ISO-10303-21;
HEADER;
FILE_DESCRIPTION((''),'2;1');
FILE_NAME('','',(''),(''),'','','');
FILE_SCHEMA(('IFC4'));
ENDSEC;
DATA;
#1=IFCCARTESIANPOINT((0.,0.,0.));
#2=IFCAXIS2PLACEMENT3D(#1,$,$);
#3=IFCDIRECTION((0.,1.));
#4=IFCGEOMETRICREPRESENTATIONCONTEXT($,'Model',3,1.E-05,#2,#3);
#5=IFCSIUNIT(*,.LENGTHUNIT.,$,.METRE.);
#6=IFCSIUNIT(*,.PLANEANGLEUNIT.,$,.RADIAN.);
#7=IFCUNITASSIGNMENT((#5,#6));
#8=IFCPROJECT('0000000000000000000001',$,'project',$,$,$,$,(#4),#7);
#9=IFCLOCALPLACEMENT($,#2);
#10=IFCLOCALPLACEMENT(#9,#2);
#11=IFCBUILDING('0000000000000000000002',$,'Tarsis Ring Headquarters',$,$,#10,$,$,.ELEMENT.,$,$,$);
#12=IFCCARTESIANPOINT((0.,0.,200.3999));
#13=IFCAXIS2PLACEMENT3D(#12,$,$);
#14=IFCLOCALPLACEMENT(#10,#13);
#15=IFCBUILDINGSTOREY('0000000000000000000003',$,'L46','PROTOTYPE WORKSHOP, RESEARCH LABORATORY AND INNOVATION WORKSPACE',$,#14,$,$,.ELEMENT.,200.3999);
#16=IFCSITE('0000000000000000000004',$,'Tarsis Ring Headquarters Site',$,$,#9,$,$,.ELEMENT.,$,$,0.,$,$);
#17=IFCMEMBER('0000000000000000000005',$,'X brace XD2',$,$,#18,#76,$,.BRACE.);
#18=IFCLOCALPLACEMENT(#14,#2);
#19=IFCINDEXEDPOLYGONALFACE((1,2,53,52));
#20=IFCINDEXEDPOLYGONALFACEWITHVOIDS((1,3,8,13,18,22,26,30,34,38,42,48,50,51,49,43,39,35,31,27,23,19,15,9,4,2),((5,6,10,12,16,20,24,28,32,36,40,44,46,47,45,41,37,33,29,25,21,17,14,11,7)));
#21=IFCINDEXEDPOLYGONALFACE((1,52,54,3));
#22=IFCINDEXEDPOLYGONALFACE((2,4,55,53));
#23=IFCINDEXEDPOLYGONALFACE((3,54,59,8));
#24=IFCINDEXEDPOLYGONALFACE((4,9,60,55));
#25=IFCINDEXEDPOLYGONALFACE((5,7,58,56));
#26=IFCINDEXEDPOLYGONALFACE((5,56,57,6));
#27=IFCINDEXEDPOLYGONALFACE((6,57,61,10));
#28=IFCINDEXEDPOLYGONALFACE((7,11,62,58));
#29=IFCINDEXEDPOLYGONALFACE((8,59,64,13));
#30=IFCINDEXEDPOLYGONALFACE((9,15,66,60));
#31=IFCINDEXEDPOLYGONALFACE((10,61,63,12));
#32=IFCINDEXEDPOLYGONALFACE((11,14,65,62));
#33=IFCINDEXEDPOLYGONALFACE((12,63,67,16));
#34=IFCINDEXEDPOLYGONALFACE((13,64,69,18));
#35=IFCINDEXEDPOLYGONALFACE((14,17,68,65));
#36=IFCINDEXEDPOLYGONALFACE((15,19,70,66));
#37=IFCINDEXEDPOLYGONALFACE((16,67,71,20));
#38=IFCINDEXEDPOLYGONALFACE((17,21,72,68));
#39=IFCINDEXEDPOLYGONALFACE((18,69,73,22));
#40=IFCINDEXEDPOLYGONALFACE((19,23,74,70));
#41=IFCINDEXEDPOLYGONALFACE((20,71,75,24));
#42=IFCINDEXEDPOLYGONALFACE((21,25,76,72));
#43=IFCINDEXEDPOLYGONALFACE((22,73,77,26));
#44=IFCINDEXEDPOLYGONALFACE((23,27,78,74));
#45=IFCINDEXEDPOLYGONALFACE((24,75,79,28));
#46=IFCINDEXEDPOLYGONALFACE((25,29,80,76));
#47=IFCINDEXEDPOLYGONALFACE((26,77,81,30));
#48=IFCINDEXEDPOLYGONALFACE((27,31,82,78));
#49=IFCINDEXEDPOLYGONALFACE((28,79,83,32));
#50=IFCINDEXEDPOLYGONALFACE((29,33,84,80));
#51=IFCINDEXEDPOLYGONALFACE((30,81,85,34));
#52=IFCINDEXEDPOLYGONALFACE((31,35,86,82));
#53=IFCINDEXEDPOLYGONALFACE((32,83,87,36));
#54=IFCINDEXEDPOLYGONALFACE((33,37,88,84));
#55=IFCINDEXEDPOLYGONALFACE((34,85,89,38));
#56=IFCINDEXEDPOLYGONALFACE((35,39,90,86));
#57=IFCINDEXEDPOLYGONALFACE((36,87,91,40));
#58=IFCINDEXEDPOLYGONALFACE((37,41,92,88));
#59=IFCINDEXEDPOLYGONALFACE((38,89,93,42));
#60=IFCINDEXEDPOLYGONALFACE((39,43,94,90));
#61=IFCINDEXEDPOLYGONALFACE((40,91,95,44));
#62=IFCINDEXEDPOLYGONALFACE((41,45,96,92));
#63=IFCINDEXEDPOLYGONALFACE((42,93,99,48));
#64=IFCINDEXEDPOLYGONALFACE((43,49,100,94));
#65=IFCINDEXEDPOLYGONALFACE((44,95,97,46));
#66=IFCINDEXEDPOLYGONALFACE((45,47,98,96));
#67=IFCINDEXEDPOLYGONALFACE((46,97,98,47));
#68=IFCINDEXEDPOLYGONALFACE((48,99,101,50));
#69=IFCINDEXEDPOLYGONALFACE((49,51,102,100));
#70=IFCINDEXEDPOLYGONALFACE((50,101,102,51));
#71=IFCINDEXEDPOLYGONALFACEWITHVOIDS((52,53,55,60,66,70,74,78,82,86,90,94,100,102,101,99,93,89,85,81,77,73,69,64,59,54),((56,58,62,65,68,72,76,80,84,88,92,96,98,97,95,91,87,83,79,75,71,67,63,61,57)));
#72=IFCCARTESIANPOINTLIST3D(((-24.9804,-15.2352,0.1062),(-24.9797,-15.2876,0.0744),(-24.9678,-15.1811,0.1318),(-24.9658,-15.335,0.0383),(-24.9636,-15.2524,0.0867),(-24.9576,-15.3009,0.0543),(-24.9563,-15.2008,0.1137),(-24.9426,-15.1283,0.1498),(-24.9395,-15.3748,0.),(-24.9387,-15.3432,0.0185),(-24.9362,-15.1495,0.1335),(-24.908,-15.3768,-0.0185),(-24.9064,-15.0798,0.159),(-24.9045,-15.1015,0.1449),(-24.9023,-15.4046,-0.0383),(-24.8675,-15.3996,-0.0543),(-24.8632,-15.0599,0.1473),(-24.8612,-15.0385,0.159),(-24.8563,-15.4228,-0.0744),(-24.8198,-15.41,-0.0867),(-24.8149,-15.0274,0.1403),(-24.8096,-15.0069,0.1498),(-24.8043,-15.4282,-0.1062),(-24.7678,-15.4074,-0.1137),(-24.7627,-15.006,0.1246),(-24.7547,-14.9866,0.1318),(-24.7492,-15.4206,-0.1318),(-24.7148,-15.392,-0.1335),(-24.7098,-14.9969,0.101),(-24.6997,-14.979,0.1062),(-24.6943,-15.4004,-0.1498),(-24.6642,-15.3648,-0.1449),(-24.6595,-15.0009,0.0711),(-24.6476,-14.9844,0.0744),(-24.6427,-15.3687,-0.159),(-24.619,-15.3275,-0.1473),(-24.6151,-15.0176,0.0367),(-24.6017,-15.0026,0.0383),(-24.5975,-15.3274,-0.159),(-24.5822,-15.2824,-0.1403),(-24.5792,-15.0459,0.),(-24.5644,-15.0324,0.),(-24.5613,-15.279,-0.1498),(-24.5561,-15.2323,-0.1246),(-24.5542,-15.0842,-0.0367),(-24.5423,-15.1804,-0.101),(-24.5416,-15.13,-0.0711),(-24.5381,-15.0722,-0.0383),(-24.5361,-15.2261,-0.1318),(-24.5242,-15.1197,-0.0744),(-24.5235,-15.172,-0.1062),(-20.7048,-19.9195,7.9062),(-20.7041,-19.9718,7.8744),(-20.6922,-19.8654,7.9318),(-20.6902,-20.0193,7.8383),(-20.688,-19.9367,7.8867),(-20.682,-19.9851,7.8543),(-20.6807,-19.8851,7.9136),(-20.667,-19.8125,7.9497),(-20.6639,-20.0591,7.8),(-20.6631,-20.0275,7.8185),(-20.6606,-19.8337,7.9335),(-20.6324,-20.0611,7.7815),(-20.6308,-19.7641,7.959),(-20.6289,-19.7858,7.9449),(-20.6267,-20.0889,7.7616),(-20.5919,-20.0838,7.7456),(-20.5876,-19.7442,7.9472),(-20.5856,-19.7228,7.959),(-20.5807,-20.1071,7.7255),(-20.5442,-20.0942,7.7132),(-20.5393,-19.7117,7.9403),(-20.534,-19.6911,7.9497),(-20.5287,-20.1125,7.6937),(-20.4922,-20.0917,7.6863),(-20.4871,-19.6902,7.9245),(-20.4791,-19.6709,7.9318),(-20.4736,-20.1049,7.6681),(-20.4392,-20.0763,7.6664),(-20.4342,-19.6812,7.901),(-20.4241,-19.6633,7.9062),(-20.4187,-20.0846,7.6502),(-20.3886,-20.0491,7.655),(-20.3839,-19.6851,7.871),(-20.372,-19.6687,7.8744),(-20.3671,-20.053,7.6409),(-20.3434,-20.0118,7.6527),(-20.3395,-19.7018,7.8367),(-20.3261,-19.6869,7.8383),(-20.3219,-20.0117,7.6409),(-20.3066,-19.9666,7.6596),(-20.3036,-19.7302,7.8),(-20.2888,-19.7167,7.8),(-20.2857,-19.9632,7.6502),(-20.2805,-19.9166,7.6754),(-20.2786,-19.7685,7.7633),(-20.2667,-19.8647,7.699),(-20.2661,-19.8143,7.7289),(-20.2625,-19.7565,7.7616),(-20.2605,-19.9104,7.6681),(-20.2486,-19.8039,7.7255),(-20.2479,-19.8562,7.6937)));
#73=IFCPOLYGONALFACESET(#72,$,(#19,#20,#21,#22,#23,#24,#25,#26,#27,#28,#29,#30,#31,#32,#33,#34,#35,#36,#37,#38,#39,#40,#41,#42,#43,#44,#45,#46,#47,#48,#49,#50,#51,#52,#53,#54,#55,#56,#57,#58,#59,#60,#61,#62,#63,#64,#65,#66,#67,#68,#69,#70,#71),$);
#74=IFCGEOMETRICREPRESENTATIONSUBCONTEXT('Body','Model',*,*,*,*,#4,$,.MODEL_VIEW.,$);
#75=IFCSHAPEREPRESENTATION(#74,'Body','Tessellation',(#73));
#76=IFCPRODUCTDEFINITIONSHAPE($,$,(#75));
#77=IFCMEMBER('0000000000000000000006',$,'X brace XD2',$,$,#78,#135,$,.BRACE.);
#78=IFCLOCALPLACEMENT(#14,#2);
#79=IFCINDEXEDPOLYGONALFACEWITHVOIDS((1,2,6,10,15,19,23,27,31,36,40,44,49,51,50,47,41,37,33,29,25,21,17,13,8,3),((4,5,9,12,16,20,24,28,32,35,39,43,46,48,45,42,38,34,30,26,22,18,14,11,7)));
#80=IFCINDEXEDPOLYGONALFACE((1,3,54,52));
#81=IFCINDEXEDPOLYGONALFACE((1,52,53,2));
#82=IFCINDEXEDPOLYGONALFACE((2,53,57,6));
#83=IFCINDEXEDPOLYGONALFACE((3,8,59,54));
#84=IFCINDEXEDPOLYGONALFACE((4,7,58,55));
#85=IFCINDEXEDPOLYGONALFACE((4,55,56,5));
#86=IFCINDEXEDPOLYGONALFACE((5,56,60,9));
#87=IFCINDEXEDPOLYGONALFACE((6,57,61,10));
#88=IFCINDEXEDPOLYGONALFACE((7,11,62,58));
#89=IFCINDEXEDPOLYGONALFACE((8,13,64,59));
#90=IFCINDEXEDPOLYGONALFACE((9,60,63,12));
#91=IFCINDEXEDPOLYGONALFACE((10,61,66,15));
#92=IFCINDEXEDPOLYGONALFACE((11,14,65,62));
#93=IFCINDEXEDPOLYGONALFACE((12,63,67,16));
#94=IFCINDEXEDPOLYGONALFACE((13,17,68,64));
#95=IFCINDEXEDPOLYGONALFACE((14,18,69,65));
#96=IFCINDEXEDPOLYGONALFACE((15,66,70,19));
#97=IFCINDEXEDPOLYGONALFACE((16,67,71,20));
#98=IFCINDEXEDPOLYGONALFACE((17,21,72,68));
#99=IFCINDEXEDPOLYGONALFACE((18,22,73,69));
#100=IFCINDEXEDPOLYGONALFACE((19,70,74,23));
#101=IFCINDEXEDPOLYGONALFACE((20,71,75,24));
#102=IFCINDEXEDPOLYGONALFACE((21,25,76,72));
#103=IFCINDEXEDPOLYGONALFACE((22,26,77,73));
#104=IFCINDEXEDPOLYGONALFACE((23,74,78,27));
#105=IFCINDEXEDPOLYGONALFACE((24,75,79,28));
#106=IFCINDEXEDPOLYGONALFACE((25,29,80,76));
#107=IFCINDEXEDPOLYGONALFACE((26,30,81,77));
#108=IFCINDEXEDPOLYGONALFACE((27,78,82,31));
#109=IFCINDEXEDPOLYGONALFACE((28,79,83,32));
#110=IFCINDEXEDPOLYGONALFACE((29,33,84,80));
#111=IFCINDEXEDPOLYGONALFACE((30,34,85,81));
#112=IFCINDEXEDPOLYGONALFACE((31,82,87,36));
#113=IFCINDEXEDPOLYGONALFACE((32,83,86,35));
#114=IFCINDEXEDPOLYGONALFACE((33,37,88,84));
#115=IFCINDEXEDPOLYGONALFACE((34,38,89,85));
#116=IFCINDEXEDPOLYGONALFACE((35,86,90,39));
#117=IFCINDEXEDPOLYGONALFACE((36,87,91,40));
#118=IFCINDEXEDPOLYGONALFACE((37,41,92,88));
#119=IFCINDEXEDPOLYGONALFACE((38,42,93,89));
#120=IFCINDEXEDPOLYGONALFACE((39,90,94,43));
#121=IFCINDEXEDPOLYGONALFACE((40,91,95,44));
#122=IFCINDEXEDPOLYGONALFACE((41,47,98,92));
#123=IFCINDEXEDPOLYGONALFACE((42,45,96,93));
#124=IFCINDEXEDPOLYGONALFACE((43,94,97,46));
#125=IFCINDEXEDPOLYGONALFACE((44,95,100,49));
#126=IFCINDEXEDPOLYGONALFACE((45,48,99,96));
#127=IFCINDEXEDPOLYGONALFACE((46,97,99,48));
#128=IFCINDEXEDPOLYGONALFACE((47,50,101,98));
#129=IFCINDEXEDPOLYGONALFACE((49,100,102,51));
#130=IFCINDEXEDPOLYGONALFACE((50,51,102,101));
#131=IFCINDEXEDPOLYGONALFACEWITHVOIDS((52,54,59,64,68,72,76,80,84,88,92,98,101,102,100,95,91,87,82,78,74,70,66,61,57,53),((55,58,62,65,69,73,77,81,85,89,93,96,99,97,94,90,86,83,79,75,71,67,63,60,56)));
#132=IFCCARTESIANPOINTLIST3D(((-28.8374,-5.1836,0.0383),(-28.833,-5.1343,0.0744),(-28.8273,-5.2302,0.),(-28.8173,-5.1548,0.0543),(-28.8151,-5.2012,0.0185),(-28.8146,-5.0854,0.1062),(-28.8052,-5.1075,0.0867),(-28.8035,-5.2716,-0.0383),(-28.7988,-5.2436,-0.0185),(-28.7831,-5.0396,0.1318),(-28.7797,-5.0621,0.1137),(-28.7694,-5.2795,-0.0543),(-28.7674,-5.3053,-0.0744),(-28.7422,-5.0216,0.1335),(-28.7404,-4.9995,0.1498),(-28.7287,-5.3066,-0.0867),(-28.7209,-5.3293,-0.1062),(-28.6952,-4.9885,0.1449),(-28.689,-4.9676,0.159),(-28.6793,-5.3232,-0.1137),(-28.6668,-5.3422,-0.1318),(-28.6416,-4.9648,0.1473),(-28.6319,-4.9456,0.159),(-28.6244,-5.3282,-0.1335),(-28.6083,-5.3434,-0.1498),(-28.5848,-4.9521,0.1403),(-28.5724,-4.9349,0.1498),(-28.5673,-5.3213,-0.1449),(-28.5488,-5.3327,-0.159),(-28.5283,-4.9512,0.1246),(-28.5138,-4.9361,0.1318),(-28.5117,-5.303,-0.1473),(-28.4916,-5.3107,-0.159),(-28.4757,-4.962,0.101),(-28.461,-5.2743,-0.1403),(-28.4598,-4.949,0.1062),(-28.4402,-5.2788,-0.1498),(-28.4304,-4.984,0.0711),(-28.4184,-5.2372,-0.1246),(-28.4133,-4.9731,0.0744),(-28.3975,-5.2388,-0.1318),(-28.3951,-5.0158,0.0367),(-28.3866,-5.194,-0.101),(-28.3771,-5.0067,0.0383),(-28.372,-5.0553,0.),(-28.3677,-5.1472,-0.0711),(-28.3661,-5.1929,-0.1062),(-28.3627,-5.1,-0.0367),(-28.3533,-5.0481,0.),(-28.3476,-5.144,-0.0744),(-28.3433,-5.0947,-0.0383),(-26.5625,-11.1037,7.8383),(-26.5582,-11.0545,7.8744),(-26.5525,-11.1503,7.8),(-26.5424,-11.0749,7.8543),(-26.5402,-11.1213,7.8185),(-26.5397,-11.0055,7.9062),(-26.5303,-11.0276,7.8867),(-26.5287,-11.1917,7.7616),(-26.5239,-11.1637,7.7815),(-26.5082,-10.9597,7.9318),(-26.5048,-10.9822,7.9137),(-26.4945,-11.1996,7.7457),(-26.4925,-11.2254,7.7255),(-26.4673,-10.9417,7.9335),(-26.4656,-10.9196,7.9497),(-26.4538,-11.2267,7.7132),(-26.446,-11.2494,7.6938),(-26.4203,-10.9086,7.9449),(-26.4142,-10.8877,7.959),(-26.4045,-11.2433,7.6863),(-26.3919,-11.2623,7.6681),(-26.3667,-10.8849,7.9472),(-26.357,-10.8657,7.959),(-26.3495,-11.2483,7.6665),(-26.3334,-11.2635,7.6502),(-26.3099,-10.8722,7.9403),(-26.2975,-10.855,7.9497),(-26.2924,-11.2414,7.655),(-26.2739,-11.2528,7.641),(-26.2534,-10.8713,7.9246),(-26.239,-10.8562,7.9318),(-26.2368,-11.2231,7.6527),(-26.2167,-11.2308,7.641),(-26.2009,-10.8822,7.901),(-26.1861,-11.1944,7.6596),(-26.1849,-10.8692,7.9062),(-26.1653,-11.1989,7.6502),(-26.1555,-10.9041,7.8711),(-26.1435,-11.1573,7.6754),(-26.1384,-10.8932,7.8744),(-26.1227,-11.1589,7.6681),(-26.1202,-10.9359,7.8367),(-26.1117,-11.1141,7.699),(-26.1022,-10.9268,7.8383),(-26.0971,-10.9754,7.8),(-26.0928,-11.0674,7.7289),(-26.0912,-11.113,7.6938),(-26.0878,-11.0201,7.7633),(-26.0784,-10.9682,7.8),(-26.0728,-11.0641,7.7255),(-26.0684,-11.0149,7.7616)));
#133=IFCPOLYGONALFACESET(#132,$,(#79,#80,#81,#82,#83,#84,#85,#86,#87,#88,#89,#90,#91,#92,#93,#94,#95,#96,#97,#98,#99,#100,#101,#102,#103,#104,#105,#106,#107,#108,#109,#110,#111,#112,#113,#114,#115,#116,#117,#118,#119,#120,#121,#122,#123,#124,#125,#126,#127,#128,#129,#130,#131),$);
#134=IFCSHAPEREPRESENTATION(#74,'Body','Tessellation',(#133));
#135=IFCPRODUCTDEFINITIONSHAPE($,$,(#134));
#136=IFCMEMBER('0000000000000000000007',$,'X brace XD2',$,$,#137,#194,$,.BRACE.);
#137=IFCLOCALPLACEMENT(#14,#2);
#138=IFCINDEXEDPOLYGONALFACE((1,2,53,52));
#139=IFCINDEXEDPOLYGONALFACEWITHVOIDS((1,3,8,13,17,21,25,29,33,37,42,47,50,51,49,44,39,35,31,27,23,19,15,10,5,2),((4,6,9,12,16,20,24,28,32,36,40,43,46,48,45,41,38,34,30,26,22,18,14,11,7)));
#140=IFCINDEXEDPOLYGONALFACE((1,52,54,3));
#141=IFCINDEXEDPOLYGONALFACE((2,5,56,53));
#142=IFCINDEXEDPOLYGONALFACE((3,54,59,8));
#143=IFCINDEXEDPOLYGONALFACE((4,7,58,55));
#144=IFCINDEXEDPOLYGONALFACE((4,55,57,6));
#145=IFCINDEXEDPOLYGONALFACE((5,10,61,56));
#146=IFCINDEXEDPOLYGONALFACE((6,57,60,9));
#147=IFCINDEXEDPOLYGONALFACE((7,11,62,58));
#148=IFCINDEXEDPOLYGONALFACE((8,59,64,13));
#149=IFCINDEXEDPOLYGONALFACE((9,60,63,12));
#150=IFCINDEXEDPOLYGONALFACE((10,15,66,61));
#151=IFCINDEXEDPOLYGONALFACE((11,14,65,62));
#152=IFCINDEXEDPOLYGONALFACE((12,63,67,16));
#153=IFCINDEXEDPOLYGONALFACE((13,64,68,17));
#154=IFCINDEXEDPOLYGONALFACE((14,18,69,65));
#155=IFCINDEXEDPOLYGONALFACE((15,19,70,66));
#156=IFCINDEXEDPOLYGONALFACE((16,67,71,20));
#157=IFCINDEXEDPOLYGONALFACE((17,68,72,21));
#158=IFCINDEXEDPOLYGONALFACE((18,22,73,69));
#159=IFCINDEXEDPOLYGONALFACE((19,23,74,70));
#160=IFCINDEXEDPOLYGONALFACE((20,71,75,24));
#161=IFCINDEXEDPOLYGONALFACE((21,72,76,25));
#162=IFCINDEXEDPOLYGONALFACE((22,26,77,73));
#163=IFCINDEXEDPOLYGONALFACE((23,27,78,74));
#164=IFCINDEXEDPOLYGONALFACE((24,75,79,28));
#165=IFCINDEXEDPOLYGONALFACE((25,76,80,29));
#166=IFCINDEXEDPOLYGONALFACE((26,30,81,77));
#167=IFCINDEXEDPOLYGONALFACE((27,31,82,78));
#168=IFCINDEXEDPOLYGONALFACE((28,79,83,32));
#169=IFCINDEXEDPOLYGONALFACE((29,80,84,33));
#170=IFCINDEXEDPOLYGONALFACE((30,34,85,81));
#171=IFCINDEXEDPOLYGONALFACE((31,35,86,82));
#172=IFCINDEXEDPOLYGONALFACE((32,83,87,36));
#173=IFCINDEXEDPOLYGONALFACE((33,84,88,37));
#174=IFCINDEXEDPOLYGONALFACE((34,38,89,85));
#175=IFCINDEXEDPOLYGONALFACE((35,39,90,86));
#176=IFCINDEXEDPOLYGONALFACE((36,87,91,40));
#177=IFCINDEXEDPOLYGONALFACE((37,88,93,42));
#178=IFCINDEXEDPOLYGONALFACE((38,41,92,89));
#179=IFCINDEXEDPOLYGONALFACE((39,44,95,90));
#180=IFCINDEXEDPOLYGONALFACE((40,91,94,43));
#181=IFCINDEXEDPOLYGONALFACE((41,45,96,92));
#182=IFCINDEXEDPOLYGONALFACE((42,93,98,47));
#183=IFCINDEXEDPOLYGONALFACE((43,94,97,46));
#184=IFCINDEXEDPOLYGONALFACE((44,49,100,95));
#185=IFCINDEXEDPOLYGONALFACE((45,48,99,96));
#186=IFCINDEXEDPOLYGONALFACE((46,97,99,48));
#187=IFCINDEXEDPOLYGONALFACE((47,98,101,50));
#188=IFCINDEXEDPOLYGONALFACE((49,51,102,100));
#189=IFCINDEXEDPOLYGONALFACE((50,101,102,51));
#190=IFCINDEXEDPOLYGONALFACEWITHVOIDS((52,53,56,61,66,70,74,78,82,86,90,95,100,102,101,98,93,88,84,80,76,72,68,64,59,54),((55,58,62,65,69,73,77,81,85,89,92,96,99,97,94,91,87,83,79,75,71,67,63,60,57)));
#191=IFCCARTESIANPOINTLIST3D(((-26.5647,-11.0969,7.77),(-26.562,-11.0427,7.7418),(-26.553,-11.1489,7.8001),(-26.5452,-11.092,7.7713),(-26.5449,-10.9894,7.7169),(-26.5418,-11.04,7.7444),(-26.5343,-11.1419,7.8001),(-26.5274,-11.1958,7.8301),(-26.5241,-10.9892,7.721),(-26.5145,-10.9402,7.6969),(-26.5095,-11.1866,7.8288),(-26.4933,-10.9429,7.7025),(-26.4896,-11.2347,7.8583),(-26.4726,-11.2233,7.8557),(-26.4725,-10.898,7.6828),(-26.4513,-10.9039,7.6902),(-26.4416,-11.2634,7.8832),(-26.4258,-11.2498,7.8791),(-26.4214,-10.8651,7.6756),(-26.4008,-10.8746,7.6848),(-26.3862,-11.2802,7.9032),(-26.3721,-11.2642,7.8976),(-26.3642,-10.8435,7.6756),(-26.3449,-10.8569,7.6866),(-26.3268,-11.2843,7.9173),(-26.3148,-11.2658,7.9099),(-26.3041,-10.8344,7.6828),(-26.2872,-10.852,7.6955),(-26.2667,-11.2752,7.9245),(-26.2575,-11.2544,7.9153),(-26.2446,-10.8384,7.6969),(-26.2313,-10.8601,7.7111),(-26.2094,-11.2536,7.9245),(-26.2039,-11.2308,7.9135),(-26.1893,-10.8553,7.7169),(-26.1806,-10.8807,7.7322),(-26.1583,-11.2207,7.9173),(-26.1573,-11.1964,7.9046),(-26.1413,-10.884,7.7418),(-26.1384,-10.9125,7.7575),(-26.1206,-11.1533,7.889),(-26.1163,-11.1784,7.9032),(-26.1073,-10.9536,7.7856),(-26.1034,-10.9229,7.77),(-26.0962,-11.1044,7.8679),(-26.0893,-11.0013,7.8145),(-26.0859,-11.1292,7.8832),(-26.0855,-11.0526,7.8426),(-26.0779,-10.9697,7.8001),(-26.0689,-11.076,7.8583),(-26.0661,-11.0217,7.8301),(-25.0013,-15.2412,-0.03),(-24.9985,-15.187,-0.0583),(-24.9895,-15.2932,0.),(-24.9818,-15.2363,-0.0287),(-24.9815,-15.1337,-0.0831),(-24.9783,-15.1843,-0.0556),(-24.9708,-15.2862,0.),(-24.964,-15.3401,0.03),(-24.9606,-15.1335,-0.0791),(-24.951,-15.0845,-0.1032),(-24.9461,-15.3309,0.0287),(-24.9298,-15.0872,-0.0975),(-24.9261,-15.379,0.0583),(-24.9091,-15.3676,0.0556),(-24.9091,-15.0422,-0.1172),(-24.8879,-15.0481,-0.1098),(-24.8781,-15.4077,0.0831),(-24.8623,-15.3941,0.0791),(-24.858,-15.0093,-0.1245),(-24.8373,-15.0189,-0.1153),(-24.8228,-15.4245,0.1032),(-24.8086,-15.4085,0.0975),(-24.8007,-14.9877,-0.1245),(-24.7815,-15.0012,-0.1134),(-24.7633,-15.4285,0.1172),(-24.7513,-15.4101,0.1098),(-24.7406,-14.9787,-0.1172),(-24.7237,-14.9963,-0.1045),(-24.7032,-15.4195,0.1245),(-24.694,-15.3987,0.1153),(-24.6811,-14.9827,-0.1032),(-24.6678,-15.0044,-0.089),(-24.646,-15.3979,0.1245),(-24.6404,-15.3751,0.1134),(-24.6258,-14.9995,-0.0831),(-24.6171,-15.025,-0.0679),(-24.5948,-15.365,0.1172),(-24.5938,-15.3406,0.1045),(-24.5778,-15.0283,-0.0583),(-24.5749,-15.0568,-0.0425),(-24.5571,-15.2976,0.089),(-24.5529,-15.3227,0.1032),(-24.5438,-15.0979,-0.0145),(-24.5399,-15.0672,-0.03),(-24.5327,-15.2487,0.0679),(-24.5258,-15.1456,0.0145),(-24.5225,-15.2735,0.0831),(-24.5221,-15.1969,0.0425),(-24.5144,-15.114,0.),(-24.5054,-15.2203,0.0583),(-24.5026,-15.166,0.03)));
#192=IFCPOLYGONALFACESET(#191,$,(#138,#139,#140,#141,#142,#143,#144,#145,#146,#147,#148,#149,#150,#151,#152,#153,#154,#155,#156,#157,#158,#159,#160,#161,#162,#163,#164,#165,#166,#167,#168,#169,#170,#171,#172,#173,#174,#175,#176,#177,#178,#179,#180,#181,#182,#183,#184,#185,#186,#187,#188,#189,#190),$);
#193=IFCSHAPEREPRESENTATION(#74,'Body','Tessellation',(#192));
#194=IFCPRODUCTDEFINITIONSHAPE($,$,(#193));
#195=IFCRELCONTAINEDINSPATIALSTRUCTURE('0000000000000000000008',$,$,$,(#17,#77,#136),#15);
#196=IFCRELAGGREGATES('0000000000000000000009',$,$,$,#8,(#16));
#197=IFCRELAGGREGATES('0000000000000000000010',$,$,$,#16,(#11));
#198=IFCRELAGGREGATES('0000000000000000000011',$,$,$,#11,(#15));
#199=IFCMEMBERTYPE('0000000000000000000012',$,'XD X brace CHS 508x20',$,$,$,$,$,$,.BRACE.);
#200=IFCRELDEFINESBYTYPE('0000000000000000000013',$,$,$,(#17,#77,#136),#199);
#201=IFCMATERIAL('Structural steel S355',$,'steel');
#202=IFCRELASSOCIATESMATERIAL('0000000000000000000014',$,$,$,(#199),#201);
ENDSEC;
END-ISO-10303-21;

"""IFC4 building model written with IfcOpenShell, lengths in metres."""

from ifc_helpers import new_model, si_unit, direction, frame, origin, origin_2d, place, context, subcontext, project, spatial, hollow_circle, extrude, material, material_profile, profile_set, type_object, element, save


model = new_model("IFC4")

# Units and contexts
model_context = context("Model", 3, precision=1e-05, world=origin(), true_north=direction((0.0, 1.0)))
body_context = subcontext(model_context, "Body", "Model", "MODEL_VIEW")
ifc_project = project(units=[si_unit("LENGTHUNIT", "METRE"), si_unit("PLANEANGLEUNIT", "RADIAN")], contexts=[model_context])

# Site, building, storey
site_placement = place(None, origin())
site = spatial("IfcSite", under=ifc_project, at=site_placement, Name="Tarsis Ring Headquarters Site", CompositionType="ELEMENT", RefElevation=0.0)
building_placement = place(site_placement, origin())
building = spatial("IfcBuilding", under=site, at=building_placement, Name="Tarsis Ring Headquarters", CompositionType="ELEMENT")
storey_placement = place(building_placement, frame((0.0, 0.0, 200.3999)))
storey = spatial("IfcBuildingStorey", under=building, at=storey_placement, Name="L46", Description="PROTOTYPE WORKSHOP, RESEARCH LABORATORY AND INNOVATION WORKSPACE", CompositionType="ELEMENT", Elevation=200.3999)

# Shared definitions
ifc_material_1 = material(Name="Structural steel S355", Category="steel")

# Members
ifc_material_profile_1 = material_profile(ifc_material_1, hollow_circle(Radius=0.2539, WallThickness=0.02, at=origin_2d()), Name="CHS 508x20")
ifc_profile_set_1 = profile_set([ifc_material_profile_1], Name="Structural steel S355")
member_type = type_object("IfcMemberType", Name="XD X brace CHS 508x20", PredefinedType="BRACE", material=ifc_profile_set_1)
for number, where, z_axis, x_axis, name in (
    (1, (-24.752, -15.2036, 0.0), (0.425305, -0.465959, 0.775885), (0.738592, 0.674153, 0.0), "X brace XD2"),
    (2, (-28.5903, -5.1392, 0.0), (0.226289, -0.588891, 0.775887), (0.933456, 0.358693, 0.0), "X brace XD2"),
):
    element("IfcMember", number, at=place(storey_placement, frame(where, z_axis=z_axis, x_axis=x_axis)), inside=storey, type_object=member_type, Name=name, PredefinedType="BRACE", context=body_context, shape_type="SweptSolid", body=[
        extrude(hollow_circle(Radius=0.2539, WallThickness=0.02, at=origin_2d()), origin(), (0.0, 0.0, 1.0), 10.053),
    ])
member_placement = place(storey_placement, frame((-24.752, -15.2036, 0.0), z_axis=(-0.174301, 0.462018, 0.869574), x_axis=(-0.935632, -0.352977, 0.0)))
element("IfcMember", 3, at=member_placement, inside=storey, type_object=member_type, Name="X brace XD2", PredefinedType="BRACE", context=body_context, shape_type="SweptSolid", body=[
    extrude(hollow_circle(Radius=0.2539, WallThickness=0.02, at=origin_2d()), origin(), (0.0, 0.0, 1.0), 8.97),
])

save(model, "model.ifc")
